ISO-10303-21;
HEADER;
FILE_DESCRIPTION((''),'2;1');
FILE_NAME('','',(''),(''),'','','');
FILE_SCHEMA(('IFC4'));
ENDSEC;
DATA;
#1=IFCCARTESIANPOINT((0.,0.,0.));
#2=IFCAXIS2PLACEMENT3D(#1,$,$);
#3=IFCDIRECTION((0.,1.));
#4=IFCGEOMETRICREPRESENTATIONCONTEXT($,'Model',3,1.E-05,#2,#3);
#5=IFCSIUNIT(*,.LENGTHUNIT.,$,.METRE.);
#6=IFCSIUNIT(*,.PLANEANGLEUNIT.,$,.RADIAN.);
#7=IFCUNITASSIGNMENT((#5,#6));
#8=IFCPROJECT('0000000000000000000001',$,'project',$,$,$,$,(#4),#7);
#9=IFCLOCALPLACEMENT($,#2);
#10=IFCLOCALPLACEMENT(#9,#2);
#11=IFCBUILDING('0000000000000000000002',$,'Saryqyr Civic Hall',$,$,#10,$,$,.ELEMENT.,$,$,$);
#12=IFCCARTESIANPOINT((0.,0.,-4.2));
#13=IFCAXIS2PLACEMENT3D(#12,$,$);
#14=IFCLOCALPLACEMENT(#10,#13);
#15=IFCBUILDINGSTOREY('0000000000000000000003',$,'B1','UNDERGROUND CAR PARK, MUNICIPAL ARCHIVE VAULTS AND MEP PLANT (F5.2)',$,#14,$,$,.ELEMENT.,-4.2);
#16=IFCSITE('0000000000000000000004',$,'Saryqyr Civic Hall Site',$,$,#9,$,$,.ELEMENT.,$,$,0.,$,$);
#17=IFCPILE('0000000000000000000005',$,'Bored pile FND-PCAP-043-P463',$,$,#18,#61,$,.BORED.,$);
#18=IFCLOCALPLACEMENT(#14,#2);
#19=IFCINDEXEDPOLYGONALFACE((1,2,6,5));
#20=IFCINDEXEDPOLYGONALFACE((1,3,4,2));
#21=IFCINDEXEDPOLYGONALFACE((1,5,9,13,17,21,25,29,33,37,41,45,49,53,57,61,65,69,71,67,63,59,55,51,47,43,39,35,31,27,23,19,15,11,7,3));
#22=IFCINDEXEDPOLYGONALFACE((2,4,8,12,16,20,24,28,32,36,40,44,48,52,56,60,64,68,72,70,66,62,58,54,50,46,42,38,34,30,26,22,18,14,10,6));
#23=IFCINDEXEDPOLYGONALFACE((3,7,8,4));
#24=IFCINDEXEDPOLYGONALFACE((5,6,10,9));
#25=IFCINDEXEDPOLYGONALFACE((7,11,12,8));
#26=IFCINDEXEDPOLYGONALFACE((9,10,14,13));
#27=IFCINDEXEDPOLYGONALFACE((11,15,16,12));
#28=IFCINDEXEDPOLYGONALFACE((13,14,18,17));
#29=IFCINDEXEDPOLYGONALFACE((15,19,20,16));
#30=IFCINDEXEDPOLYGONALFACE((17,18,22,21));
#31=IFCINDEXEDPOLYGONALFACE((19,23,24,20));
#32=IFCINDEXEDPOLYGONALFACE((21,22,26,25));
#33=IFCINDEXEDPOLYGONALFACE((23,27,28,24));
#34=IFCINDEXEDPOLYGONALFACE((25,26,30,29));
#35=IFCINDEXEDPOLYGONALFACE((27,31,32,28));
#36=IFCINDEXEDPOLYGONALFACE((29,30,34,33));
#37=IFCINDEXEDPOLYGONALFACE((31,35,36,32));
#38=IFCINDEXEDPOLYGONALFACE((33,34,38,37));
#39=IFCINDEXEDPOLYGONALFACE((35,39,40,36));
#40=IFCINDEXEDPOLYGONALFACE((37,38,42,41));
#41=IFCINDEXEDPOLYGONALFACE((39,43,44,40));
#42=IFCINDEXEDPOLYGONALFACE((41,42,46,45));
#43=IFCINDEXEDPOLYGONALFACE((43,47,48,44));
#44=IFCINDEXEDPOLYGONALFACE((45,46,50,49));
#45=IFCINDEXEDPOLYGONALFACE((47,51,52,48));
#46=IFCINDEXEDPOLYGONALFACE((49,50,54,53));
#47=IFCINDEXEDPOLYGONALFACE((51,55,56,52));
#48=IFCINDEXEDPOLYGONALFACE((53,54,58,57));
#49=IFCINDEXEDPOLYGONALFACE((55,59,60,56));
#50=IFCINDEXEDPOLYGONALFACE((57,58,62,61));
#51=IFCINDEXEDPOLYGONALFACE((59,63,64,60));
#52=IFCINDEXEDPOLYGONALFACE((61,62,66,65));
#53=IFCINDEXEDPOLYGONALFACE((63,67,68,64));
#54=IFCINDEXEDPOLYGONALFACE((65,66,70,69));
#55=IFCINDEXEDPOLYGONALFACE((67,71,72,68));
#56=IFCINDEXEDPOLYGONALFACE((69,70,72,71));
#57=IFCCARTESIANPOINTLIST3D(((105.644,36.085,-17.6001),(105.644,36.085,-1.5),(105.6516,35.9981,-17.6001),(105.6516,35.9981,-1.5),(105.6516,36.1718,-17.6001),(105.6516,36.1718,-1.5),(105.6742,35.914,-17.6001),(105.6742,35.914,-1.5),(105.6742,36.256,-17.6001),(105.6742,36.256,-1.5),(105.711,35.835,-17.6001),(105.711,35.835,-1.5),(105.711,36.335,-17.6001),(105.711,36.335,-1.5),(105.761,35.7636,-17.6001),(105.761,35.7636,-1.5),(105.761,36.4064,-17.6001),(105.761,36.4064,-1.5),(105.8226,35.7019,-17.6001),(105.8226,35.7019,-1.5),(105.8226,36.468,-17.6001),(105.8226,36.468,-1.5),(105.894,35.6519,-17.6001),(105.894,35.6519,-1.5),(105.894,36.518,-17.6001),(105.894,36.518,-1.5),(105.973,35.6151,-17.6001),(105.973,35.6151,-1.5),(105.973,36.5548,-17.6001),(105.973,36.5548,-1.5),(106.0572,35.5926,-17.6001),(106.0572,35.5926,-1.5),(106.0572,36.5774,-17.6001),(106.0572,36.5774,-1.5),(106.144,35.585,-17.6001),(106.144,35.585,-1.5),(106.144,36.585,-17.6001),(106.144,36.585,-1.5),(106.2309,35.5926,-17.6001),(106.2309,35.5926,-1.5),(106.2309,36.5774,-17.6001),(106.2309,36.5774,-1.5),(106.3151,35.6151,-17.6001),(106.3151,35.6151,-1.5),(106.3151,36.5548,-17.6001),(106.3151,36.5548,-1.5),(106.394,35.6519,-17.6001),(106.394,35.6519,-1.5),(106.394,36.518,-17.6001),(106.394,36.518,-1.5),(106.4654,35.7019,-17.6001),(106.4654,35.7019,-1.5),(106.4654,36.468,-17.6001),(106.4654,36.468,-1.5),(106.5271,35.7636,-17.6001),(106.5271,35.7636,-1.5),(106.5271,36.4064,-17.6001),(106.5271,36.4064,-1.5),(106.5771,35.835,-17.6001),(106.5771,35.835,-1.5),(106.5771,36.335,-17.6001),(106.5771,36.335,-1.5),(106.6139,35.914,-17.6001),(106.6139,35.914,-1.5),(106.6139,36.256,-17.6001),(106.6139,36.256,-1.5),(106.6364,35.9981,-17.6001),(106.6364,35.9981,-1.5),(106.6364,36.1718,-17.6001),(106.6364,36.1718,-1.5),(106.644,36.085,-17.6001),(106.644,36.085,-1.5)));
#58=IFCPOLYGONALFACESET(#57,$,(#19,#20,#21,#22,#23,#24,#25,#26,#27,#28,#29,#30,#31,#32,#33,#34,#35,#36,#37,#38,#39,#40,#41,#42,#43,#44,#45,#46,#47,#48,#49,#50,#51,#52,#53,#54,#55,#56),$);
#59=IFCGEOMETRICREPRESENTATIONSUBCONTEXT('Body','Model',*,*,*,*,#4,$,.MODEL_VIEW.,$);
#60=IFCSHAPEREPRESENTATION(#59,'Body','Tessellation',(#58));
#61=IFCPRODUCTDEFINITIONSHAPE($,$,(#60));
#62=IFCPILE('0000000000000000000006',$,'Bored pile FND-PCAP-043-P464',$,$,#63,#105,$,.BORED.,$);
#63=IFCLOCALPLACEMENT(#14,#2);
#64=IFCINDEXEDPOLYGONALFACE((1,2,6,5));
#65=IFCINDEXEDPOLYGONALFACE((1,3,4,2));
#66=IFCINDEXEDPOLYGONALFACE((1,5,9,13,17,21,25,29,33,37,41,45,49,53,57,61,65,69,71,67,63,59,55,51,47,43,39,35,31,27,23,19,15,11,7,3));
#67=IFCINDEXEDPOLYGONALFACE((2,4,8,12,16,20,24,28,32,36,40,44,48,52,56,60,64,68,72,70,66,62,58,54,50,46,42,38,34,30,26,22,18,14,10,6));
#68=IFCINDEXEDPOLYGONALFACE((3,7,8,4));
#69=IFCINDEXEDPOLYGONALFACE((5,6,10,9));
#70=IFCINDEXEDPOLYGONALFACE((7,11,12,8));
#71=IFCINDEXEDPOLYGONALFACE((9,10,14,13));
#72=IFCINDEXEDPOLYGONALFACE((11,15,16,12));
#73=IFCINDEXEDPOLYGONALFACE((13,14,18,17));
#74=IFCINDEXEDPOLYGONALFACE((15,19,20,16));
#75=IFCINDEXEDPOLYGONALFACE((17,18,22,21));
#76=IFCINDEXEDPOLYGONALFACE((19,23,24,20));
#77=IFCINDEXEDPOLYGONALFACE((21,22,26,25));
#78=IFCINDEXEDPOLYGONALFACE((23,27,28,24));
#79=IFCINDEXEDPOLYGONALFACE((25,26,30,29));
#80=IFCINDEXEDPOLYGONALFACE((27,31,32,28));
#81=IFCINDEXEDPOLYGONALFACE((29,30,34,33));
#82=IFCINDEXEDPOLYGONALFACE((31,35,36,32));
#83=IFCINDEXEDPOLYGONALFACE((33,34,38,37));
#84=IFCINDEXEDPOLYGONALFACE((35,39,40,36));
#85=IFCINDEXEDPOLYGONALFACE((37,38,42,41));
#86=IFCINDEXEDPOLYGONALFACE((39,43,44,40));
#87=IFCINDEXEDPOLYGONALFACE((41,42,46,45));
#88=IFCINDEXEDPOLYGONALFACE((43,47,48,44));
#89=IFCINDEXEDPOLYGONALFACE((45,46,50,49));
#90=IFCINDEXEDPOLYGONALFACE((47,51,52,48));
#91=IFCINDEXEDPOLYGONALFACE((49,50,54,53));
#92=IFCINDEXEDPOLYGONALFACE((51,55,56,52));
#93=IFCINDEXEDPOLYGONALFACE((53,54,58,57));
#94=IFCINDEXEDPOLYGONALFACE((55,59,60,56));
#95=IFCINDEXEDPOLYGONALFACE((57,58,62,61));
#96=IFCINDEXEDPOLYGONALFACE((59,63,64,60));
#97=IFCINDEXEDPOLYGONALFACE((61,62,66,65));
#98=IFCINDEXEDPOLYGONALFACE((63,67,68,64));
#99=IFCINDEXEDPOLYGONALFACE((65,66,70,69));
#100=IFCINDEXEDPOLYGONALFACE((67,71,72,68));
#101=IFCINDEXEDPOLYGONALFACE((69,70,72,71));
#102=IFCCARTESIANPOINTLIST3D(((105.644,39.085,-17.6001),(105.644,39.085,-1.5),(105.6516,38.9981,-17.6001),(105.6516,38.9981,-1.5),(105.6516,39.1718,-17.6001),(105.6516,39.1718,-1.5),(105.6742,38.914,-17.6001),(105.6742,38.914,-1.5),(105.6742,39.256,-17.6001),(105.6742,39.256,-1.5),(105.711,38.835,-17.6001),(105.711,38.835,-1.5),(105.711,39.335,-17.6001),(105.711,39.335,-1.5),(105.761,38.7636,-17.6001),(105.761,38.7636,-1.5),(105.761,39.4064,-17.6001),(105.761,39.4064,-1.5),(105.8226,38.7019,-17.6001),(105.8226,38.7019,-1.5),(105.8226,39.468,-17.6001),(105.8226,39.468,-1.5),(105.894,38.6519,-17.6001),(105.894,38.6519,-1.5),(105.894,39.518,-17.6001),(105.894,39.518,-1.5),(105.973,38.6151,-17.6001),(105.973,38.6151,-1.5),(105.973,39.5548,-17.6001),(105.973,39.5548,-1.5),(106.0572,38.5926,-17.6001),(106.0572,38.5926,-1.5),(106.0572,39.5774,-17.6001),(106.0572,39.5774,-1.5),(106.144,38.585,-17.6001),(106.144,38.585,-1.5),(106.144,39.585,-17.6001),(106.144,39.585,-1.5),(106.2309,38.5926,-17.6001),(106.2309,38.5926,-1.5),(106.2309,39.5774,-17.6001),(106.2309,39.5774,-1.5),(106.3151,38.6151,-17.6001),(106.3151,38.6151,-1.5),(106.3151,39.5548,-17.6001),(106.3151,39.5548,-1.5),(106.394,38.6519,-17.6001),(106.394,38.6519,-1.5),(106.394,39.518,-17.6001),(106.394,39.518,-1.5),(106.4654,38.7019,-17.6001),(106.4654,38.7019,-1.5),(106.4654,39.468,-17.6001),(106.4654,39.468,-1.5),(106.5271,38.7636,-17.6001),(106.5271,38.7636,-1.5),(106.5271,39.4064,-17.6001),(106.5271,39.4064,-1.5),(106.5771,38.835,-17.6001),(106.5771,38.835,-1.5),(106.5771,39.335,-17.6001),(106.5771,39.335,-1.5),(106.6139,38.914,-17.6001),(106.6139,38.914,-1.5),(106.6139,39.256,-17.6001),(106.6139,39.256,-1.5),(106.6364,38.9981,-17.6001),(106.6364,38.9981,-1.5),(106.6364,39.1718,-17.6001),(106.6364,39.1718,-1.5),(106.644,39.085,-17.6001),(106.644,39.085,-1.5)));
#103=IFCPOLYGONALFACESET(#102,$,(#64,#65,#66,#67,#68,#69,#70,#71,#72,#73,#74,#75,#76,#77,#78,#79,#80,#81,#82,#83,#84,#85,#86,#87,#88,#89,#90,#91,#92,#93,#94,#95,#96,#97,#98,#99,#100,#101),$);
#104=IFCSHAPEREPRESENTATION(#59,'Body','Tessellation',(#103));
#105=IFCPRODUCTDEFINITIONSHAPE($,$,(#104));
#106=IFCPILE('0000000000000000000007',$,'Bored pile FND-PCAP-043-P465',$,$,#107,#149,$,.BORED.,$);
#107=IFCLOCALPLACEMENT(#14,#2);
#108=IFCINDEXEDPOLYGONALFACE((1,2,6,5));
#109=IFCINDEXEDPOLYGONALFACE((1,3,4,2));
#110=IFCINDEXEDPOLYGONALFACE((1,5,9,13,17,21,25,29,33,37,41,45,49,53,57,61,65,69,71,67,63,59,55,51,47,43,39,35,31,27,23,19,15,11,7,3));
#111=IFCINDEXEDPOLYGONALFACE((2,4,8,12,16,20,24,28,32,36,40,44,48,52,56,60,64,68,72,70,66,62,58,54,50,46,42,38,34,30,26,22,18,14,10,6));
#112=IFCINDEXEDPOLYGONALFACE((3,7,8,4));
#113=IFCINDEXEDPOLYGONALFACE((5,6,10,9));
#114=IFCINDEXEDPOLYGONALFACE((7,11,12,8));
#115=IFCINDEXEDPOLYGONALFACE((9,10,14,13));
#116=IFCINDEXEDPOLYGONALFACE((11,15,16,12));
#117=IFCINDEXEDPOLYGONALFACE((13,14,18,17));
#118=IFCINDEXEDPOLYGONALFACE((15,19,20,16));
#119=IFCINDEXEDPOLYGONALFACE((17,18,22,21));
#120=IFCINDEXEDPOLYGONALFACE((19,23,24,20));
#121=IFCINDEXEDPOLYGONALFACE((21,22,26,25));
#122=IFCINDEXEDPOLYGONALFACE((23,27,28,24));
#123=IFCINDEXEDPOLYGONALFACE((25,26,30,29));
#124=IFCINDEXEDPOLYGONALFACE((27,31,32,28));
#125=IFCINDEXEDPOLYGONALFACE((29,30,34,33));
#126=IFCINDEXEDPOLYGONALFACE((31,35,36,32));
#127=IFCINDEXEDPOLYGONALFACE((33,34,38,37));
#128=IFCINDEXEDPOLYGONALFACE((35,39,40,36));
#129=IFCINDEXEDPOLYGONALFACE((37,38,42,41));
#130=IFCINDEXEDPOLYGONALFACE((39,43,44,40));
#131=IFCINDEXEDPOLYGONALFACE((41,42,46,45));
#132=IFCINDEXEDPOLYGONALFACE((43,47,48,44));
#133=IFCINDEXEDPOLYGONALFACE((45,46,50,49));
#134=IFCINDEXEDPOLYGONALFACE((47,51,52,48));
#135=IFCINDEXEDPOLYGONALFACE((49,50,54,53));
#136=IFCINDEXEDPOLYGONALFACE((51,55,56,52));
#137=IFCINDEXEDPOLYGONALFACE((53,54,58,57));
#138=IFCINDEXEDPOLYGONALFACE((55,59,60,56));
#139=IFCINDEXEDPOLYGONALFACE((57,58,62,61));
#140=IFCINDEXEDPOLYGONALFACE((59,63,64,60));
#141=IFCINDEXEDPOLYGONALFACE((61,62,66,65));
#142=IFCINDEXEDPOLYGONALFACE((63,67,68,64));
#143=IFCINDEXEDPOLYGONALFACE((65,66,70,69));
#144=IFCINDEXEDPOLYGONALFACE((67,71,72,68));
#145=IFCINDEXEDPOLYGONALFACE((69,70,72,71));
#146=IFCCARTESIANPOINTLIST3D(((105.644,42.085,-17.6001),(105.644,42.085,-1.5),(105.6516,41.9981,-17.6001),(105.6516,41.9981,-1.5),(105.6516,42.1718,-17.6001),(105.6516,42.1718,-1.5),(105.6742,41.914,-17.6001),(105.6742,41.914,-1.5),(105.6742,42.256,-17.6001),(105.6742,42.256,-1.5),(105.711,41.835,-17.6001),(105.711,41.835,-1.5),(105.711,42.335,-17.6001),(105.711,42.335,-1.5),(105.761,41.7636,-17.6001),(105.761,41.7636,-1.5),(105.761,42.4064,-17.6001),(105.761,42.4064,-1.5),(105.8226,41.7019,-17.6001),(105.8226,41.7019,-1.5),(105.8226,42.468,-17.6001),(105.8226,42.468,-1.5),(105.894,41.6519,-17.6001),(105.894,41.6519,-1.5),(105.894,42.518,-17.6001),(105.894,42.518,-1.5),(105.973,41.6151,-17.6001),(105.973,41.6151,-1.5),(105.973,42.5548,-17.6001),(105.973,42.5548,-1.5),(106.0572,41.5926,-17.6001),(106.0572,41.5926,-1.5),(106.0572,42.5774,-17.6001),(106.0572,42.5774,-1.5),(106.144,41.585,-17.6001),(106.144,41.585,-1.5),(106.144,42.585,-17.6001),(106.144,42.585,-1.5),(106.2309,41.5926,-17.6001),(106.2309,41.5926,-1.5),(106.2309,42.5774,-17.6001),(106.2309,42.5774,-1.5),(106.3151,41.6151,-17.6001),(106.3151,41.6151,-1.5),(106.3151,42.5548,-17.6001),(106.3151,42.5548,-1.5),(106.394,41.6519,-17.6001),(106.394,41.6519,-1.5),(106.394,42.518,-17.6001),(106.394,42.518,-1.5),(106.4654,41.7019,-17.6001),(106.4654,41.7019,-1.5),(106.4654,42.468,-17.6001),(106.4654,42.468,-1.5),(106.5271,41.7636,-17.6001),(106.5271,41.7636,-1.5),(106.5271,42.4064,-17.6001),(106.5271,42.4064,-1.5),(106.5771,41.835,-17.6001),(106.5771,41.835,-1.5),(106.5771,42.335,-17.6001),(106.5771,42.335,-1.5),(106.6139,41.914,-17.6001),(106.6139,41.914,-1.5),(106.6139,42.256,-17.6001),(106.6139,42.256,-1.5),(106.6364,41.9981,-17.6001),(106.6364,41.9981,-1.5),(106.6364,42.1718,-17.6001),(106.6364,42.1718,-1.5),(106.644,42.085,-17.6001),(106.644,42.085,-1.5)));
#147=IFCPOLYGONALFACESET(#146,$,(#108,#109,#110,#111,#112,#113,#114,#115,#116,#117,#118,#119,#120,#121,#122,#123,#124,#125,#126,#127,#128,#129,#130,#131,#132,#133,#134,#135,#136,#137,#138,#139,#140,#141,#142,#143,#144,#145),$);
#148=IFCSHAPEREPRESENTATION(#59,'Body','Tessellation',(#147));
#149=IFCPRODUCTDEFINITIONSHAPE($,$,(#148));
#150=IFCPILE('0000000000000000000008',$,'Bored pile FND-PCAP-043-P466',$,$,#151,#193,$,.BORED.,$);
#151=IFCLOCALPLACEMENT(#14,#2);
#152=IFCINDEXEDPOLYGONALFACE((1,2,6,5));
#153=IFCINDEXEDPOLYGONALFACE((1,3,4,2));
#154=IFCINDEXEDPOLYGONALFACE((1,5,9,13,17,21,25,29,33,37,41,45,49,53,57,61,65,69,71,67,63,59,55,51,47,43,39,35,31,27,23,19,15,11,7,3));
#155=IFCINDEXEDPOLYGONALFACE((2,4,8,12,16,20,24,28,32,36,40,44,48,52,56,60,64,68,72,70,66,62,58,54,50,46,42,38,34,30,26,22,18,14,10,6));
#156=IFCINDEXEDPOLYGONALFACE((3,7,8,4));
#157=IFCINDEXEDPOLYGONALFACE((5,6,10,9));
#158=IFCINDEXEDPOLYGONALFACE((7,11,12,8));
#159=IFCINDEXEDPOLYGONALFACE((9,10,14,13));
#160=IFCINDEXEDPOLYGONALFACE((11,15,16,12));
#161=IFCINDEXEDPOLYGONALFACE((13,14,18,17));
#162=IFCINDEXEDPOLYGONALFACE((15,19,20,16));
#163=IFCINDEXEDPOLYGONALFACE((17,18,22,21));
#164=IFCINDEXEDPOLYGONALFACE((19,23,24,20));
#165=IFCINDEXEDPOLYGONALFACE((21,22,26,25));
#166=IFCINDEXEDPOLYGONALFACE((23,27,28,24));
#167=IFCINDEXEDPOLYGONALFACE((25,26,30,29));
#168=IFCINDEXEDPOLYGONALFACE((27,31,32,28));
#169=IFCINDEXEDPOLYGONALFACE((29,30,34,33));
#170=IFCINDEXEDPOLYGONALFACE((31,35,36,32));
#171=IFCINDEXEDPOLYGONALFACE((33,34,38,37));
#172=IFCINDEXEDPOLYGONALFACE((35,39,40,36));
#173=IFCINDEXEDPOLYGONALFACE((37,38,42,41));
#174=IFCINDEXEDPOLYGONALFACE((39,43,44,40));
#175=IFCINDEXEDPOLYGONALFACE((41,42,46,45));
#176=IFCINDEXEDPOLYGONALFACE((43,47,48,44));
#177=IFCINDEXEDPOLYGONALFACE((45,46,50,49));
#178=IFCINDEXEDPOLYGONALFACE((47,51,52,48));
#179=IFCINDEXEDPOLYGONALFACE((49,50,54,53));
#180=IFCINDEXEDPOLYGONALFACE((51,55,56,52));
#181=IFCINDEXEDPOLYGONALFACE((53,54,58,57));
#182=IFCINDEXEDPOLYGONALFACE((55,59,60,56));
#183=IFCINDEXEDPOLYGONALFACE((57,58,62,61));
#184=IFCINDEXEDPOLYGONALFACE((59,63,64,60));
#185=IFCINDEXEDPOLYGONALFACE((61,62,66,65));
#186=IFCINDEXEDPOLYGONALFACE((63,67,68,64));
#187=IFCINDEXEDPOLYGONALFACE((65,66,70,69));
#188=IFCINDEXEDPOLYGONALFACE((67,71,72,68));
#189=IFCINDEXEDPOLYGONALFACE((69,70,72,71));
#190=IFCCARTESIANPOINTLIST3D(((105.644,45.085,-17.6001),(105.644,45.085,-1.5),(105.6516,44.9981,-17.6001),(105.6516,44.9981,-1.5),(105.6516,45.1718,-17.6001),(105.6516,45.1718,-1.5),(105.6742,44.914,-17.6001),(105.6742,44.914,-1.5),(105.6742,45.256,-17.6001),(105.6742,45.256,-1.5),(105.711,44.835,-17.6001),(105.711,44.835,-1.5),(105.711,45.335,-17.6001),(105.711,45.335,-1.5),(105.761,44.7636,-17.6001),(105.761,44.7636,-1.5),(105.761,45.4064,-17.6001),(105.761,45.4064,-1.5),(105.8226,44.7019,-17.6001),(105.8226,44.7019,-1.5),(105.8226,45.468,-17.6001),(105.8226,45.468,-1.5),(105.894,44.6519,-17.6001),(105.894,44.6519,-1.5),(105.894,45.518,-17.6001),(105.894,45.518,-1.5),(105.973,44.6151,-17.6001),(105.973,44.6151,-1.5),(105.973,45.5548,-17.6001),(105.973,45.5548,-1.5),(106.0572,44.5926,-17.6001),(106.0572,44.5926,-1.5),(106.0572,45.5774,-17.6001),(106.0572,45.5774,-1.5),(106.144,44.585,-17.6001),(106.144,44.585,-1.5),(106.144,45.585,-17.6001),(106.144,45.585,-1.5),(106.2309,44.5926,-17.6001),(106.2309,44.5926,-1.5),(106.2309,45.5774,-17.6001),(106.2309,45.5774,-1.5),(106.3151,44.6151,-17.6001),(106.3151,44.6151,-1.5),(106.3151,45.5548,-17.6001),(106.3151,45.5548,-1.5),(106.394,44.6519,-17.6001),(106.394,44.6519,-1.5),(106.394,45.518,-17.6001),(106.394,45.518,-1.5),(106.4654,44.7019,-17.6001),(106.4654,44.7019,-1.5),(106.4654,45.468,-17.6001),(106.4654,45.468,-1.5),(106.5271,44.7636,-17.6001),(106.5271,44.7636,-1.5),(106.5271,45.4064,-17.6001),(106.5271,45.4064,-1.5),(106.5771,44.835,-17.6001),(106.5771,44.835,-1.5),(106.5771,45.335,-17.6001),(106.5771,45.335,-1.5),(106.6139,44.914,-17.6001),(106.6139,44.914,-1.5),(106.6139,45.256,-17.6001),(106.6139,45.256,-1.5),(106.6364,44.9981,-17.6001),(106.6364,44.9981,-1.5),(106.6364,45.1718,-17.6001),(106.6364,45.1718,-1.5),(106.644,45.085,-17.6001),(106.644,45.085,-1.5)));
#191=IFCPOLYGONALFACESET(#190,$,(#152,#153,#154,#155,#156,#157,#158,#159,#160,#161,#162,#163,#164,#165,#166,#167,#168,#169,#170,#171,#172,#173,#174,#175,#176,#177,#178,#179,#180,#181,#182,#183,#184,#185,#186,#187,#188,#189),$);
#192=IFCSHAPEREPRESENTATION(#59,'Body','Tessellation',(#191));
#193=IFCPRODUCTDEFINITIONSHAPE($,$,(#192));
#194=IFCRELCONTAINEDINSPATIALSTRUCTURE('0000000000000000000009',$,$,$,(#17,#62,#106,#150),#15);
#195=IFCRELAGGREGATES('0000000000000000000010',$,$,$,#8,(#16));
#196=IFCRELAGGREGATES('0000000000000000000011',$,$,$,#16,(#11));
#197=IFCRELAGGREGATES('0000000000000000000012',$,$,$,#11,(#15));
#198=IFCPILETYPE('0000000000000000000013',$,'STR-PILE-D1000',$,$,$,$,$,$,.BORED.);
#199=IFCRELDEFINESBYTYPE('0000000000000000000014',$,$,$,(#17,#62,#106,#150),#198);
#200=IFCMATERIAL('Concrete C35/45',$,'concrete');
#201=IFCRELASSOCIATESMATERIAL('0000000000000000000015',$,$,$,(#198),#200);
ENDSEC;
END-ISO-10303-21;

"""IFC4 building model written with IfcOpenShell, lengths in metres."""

from ifc_helpers import new_model, si_unit, direction, frame, origin, origin_2d, place, context, subcontext, project, spatial, circle, extrude, material, material_profile, profile_set, type_object, element, save


model = new_model("IFC4")

# Units and contexts
model_context = context("Model", 3, precision=1e-05, world=origin(), true_north=direction((0.0, 1.0)))
body_context = subcontext(model_context, "Body", "Model", "MODEL_VIEW")
ifc_project = project(units=[si_unit("LENGTHUNIT", "METRE"), si_unit("PLANEANGLEUNIT", "RADIAN")], contexts=[model_context])

# Site, building, storey
site_placement = place(None, origin())
site = spatial("IfcSite", under=ifc_project, at=site_placement, Name="Saryqyr Civic Hall Site", CompositionType="ELEMENT", RefElevation=0.0)
building_placement = place(site_placement, origin())
building = spatial("IfcBuilding", under=site, at=building_placement, Name="Saryqyr Civic Hall", CompositionType="ELEMENT")
storey_placement = place(building_placement, frame((0.0, 0.0, -4.2)))
storey = spatial("IfcBuildingStorey", under=building, at=storey_placement, Name="B1", Description="UNDERGROUND CAR PARK, MUNICIPAL ARCHIVE VAULTS AND MEP PLANT (F5.2)", CompositionType="ELEMENT", Elevation=-4.2)

# Shared definitions
ifc_material_1 = material(Name="Concrete C35/45", Category="concrete")

# Piles
ifc_material_profile_1 = material_profile(ifc_material_1, circle(Radius=0.5, at=origin_2d()), Name="BORED PILE D1000")
ifc_profile_set_1 = profile_set([ifc_material_profile_1], Name="Concrete C35/45")
pile_type_1 = type_object("IfcPileType", Name="STR-PILE-D1000", PredefinedType="BORED", material=ifc_profile_set_1)
for number, where, z_axis, x_axis, name in (
    (1, (106.144, 36.085, -1.5), (0.0, 0.0, -1.0), (1.0, 0.0, 0.0), "Bored pile FND-PCAP-043-P463"),
    (2, (106.144, 39.085, -1.5), (0.0, 0.0, -1.0), (1.0, 0.0, 0.0), "Bored pile FND-PCAP-043-P464"),
    (3, (106.144, 42.085, -1.5), (0.0, 0.0, -1.0), (1.0, 0.0, 0.0), "Bored pile FND-PCAP-043-P465"),
    (4, (106.144, 45.085, -1.5), (0.0, 0.0, -1.0), (1.0, 0.0, 0.0), "Bored pile FND-PCAP-043-P466"),
):
    element("IfcPile", number, at=place(storey_placement, frame(where, z_axis=z_axis, x_axis=x_axis)), inside=storey, type_object=pile_type_1, Name=name, PredefinedType="BORED", context=body_context, shape_type="SweptSolid", body=[
        extrude(circle(Radius=0.5, at=origin_2d()), origin(), (0.0, 0.0, 1.0), 16.1001),
    ])

save(model, "model.ifc")
